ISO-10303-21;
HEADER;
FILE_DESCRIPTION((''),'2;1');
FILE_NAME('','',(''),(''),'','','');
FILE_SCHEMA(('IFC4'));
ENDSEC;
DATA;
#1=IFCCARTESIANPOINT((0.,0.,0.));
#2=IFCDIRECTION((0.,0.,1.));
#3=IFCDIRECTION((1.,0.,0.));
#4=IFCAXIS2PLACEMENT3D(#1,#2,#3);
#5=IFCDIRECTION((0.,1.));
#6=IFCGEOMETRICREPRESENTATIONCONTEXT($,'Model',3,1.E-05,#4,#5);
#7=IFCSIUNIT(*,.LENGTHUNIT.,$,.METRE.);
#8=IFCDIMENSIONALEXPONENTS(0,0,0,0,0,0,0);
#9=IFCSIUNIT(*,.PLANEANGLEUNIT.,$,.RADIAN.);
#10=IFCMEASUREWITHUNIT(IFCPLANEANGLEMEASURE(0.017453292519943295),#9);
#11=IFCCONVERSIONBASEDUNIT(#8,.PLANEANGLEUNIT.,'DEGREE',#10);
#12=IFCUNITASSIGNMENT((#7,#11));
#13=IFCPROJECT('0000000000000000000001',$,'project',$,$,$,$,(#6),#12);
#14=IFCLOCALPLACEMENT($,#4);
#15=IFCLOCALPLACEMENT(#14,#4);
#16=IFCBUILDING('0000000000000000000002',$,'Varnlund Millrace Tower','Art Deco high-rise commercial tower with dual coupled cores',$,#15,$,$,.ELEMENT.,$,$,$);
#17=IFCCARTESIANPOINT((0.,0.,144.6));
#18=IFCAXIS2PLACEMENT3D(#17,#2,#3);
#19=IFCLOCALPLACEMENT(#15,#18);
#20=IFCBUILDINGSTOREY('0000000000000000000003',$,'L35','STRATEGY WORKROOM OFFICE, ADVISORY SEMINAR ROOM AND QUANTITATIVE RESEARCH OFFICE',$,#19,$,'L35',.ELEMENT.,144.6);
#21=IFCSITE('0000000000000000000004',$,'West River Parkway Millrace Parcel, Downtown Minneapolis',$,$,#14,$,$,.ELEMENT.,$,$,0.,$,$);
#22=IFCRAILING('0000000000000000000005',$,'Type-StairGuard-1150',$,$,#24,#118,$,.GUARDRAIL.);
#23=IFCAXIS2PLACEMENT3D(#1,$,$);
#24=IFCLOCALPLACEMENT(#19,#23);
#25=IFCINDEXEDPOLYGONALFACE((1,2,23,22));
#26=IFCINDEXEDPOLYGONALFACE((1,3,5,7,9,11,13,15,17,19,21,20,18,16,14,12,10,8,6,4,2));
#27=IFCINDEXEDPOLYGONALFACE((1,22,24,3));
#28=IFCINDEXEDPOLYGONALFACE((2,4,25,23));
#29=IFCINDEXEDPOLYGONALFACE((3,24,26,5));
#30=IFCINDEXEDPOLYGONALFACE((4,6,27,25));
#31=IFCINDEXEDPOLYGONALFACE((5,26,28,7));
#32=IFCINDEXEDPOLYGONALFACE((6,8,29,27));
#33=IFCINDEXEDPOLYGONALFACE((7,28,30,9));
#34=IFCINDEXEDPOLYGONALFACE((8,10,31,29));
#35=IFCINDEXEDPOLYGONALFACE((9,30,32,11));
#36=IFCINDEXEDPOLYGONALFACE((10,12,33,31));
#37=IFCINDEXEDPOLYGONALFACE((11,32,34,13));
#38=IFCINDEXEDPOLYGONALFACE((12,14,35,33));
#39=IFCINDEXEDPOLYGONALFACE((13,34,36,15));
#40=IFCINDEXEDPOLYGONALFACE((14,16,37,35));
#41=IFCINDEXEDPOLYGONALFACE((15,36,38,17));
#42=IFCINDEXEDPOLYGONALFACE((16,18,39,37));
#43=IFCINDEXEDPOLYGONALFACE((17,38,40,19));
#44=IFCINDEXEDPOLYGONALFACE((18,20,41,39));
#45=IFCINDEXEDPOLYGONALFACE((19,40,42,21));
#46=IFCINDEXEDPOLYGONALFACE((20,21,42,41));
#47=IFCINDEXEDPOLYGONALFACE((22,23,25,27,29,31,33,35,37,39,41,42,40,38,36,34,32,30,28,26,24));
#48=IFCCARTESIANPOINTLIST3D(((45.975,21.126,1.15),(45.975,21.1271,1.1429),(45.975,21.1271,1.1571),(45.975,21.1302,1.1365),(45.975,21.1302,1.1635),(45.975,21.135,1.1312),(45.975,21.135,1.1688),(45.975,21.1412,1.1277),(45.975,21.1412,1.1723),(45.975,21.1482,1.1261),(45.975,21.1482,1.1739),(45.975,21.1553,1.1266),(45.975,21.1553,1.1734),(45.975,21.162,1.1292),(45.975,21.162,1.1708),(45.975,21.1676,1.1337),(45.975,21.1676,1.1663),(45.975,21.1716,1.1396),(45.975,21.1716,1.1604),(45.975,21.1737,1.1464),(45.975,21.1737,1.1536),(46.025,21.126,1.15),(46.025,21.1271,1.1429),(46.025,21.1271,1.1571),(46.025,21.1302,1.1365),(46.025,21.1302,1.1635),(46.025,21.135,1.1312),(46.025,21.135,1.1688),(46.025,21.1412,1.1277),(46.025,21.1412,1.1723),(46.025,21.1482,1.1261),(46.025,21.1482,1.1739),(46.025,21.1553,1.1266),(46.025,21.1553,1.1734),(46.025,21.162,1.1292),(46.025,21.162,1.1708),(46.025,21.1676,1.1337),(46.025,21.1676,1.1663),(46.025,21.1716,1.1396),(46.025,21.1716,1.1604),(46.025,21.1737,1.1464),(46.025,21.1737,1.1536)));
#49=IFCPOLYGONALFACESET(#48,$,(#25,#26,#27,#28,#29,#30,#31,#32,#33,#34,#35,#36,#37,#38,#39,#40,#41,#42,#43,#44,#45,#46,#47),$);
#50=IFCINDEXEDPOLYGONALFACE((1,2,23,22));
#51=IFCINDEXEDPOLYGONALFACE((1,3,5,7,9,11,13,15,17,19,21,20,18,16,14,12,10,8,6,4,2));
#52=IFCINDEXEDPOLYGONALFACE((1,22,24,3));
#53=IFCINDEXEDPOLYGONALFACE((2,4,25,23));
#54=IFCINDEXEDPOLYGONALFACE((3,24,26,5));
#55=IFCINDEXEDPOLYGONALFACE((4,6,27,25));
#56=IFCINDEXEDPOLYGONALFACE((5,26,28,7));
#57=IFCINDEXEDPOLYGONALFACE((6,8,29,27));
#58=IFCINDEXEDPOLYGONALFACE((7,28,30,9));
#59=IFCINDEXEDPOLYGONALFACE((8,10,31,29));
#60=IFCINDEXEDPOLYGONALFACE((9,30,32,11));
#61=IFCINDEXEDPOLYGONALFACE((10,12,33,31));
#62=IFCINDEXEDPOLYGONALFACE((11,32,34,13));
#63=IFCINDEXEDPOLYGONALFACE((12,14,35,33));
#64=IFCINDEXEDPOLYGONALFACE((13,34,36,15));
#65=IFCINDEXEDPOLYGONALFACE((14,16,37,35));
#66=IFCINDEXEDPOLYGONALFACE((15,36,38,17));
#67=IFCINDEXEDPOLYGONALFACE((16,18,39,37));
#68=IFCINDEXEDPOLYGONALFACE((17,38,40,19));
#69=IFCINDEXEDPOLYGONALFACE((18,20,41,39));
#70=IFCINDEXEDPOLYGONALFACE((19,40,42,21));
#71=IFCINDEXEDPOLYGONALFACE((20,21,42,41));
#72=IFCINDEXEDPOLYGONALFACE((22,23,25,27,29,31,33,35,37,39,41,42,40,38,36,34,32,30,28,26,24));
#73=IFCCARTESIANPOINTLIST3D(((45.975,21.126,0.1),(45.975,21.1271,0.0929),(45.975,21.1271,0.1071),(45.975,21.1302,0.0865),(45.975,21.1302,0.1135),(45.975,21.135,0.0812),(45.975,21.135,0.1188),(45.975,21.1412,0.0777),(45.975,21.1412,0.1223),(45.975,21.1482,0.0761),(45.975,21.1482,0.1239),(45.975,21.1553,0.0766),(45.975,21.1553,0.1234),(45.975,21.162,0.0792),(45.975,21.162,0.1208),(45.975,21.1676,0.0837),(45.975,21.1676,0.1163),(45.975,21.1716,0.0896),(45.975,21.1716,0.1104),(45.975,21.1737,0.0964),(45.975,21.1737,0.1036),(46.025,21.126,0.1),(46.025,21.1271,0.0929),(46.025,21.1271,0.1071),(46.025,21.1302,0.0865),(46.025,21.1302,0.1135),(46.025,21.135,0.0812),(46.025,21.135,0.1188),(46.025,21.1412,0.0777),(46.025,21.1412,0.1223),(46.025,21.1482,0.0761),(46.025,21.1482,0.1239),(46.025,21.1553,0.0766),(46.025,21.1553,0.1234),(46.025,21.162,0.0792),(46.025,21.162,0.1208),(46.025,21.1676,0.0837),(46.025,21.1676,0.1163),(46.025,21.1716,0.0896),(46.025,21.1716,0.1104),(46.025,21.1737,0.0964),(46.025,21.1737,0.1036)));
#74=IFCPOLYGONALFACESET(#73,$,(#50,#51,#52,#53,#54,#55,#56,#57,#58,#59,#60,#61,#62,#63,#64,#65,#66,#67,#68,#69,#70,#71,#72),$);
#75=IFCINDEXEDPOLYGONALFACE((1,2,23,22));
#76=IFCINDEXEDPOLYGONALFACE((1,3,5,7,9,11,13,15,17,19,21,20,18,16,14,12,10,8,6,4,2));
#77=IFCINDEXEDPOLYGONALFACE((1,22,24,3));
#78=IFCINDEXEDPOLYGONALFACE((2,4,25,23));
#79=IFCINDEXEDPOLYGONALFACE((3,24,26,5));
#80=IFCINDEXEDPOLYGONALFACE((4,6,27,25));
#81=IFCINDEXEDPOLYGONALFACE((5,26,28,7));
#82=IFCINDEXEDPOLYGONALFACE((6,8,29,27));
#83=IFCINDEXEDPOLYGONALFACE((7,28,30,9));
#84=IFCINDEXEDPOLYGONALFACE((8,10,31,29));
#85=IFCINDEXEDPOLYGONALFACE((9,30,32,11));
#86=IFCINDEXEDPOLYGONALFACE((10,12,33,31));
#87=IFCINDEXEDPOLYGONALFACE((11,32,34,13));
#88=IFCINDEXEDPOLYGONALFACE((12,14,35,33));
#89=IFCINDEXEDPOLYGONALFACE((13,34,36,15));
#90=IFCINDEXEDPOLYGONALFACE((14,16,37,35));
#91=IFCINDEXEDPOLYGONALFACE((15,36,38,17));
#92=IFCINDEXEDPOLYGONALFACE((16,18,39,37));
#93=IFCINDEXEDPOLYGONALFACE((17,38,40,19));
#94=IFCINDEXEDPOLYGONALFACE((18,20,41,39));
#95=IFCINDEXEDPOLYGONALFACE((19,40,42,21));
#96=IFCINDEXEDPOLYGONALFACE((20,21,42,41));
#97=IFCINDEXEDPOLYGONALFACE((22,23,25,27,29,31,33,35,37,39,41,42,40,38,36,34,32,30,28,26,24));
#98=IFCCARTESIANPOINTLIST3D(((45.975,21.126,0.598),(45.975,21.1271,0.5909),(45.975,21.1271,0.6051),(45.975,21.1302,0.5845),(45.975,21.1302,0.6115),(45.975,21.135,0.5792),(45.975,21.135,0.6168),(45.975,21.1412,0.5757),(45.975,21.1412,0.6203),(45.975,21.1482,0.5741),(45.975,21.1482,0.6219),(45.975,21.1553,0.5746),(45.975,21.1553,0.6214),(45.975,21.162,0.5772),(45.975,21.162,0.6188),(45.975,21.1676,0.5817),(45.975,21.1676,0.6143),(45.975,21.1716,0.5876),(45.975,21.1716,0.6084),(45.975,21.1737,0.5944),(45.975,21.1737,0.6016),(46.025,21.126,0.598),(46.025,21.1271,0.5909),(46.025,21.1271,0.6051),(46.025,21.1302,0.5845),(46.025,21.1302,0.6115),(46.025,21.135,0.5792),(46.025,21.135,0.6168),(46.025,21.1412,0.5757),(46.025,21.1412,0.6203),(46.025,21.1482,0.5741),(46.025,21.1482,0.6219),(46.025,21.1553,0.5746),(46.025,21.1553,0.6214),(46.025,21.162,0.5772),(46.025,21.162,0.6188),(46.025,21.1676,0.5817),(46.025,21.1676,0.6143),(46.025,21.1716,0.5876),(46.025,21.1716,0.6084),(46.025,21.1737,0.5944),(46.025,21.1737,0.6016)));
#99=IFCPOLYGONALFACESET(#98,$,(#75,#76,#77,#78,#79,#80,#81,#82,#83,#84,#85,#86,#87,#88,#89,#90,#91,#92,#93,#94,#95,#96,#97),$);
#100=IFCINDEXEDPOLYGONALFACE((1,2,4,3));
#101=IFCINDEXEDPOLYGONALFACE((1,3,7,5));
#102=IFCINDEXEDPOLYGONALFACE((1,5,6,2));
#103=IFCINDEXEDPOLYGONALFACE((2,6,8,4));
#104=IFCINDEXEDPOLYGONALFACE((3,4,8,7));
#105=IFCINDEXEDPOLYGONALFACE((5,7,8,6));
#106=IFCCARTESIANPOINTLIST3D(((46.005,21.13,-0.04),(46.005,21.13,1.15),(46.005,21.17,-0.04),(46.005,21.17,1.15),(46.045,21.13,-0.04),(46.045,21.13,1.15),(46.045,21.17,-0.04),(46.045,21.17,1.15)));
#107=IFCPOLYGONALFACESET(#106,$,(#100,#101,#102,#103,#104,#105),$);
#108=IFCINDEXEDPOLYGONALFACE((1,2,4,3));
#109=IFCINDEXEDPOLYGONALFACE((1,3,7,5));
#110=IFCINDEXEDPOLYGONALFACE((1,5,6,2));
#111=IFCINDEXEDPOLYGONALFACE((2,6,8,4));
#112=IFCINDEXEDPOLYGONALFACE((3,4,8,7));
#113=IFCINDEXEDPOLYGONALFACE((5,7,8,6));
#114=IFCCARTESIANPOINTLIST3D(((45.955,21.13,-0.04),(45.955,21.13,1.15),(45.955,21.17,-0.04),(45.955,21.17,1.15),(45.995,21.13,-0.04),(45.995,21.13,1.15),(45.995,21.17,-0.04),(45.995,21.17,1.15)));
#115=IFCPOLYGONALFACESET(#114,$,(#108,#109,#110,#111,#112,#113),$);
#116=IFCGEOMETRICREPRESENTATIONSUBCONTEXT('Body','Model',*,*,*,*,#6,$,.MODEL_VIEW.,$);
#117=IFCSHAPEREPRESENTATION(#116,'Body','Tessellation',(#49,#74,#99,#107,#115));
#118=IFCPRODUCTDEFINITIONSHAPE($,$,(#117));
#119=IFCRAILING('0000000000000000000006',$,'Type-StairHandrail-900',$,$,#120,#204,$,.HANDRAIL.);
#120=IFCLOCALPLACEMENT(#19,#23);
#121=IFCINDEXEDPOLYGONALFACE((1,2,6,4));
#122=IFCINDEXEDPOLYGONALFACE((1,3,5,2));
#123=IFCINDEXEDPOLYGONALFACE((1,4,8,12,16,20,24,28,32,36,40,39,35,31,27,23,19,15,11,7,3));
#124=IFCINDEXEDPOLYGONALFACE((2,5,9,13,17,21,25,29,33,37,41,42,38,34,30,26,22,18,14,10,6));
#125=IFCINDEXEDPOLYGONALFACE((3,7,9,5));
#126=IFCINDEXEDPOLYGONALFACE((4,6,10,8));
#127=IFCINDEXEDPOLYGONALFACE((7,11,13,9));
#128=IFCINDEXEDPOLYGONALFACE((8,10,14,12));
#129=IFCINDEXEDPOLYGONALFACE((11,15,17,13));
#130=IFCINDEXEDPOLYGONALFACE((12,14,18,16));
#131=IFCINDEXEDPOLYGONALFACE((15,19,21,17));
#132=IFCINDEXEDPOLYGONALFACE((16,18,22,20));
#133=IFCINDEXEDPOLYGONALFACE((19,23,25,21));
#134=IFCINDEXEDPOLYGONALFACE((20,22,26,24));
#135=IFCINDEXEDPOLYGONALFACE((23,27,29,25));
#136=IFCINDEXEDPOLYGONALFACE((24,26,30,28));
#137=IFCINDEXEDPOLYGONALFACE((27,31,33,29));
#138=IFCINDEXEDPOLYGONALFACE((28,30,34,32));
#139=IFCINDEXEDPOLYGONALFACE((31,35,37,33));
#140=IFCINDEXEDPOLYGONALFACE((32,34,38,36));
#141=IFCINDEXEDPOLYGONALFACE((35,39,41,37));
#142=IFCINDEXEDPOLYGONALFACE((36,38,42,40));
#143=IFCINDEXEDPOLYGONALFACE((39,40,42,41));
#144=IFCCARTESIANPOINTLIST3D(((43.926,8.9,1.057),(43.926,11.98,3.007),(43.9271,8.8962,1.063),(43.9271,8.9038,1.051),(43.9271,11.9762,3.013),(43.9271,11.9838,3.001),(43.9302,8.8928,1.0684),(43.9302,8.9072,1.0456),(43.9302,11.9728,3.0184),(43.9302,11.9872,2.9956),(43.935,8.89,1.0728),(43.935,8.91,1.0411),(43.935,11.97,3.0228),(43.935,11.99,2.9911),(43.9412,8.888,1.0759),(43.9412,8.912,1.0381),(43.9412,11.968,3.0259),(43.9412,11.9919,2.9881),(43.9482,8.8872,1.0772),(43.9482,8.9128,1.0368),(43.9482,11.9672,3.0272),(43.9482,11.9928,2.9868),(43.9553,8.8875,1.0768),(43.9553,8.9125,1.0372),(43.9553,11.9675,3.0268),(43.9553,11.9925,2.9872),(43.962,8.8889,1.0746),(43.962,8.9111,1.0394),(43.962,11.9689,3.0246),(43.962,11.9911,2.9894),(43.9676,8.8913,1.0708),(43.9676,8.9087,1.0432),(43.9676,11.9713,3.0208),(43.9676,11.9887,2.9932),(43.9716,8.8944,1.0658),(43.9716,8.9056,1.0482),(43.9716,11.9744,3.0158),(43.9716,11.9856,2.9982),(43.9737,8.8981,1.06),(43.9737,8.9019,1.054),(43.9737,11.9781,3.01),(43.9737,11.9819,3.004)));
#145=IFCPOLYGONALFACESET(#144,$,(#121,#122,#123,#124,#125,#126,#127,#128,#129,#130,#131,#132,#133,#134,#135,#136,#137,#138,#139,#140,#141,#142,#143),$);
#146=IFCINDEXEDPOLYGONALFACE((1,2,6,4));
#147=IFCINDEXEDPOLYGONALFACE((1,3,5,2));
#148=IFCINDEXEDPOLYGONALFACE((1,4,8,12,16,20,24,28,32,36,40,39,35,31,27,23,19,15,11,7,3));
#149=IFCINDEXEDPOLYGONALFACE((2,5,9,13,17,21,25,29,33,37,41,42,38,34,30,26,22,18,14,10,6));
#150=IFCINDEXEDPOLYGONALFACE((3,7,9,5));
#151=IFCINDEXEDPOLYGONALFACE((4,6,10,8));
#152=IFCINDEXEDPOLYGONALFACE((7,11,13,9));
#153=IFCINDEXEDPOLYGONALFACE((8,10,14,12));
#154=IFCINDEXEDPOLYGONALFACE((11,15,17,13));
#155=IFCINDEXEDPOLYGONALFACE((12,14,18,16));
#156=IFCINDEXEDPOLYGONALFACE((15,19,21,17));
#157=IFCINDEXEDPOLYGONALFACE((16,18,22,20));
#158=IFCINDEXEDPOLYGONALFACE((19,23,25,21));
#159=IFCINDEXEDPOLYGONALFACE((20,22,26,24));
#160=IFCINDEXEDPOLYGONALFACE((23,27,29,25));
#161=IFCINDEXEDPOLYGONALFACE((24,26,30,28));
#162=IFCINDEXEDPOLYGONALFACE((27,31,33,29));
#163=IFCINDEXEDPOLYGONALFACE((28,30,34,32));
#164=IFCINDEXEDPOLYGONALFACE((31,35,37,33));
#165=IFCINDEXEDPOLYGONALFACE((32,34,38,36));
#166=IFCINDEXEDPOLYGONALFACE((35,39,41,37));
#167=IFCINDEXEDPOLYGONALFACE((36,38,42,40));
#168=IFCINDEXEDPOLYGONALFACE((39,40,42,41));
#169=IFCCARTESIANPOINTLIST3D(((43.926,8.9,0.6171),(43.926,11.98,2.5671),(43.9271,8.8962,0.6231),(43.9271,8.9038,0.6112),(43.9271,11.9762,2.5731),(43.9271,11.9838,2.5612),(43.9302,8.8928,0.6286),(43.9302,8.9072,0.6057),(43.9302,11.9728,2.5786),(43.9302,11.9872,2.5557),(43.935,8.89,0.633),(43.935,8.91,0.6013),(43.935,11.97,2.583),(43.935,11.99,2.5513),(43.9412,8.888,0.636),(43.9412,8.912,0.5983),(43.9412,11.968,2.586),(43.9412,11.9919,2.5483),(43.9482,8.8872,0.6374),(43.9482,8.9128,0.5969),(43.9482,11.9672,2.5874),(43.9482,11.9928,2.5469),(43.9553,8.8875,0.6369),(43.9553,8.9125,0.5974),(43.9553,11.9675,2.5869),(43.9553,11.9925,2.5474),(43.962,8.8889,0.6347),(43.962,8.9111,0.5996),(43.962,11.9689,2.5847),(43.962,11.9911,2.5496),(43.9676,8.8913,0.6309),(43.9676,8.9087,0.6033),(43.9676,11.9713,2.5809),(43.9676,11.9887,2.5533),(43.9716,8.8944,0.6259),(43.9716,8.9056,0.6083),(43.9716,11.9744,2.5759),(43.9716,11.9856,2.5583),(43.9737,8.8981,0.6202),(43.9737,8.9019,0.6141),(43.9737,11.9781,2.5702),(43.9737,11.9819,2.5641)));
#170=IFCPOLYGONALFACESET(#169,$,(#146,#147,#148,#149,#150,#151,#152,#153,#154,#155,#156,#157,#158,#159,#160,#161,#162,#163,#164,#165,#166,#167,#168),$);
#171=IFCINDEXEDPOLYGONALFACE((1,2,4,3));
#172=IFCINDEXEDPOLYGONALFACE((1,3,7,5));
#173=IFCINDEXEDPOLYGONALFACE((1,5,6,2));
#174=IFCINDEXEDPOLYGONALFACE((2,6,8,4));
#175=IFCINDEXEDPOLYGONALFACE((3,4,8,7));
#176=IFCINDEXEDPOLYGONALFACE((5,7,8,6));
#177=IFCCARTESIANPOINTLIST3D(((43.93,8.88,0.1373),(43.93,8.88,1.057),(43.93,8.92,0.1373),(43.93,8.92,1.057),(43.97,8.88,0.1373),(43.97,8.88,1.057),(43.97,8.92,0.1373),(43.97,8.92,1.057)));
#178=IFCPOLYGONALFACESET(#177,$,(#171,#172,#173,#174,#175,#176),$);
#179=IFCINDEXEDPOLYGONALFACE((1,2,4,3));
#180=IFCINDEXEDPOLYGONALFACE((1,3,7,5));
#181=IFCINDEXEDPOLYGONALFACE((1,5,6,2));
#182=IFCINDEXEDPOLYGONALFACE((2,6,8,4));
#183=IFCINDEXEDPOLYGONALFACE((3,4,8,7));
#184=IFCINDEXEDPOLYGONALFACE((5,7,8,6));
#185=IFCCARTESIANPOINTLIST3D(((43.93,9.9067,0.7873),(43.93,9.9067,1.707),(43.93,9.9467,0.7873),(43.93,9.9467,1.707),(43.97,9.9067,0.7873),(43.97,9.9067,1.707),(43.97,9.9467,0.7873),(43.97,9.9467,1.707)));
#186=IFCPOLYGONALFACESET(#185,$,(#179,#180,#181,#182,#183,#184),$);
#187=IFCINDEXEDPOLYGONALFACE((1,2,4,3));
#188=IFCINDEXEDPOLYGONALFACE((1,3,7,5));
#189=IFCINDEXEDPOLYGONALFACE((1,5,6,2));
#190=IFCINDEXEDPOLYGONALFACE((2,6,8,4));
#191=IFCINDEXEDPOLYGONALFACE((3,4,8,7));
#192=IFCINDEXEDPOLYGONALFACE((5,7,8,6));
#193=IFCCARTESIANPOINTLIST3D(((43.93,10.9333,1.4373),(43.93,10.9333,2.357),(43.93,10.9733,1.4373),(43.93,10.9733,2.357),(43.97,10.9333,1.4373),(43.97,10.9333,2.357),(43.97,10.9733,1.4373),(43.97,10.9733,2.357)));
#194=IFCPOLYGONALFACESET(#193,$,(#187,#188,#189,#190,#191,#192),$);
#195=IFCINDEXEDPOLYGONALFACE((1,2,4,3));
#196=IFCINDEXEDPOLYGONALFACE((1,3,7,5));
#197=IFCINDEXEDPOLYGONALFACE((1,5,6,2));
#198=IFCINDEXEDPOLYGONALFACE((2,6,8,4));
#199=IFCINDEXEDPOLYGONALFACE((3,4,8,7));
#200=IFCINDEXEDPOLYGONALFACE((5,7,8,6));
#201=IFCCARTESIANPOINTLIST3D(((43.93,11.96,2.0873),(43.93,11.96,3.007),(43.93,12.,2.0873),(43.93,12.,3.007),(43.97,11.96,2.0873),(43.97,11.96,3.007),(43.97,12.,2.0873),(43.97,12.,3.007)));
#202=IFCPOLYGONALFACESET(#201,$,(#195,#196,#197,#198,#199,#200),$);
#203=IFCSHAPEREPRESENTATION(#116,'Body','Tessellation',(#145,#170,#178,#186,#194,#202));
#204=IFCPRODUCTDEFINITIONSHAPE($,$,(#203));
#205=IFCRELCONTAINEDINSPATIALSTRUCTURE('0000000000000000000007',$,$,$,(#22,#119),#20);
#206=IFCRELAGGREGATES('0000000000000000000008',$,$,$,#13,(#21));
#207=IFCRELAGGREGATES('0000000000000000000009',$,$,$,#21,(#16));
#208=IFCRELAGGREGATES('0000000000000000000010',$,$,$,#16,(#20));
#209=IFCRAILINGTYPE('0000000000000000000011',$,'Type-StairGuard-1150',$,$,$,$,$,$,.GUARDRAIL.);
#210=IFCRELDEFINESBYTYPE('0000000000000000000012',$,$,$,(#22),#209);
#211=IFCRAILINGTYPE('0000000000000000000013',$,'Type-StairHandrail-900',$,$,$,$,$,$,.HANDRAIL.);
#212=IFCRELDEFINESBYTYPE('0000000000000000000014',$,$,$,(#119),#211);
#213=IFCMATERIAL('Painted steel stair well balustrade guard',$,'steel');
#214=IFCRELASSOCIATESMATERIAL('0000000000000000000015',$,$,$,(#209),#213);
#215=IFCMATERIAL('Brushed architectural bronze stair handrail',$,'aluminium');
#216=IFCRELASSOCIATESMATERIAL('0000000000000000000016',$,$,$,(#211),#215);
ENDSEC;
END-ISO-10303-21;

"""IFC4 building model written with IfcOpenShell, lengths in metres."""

from ifc_helpers import new_model, entity, si_unit, converted_unit, direction, frame, origin_with_axes, origin_2d_with_axis, place, context, subcontext, project, spatial, rectangle, circle, extrude, material, type_object, element, save


model = new_model("IFC4")

# Units and contexts
model_context = context("Model", 3, precision=1e-05, world=origin_with_axes(), true_north=direction((0.0, 1.0)))
body_context = subcontext(model_context, "Body", "Model", "MODEL_VIEW")
ifc_project = project(units=[si_unit("LENGTHUNIT", "METRE"), converted_unit("PLANEANGLEUNIT", "DEGREE", entity("IfcPlaneAngleMeasure", 0.017453292519943295), si_unit("PLANEANGLEUNIT", "RADIAN"), dimensions=[0, 0, 0, 0, 0, 0, 0])], contexts=[model_context])

# Site, building, storey
site_placement = place(None, origin_with_axes())
site = spatial("IfcSite", under=ifc_project, at=site_placement, Name="West River Parkway Millrace Parcel, Downtown Minneapolis", CompositionType="ELEMENT", RefElevation=0.0)
building_placement = place(site_placement, origin_with_axes())
building = spatial("IfcBuilding", under=site, at=building_placement, Name="Varnlund Millrace Tower", Description="Art Deco high-rise commercial tower with dual coupled cores", CompositionType="ELEMENT")
storey_placement = place(building_placement, frame((0.0, 0.0, 144.6), z_axis=(0.0, 0.0, 1.0), x_axis=(1.0, 0.0, 0.0)))
storey = spatial("IfcBuildingStorey", under=building, at=storey_placement, Name="L35", Description="STRATEGY WORKROOM OFFICE, ADVISORY SEMINAR ROOM AND QUANTITATIVE RESEARCH OFFICE", LongName="L35", CompositionType="ELEMENT", Elevation=144.6)

# Railings
ifc_material_1 = material(Name="Painted steel stair well balustrade guard", Category="steel")
railing_type_1 = type_object("IfcRailingType", Name="Type-StairGuard-1150", PredefinedType="GUARDRAIL", material=ifc_material_1)
railing_1_placement = place(storey_placement, frame((0.0, 0.0, -144.6), z_axis=(0.0, 0.0, 1.0), x_axis=(1.0, 0.0, 0.0)))
element("IfcRailing", 1, at=railing_1_placement, inside=storey, type_object=railing_type_1, Name="Type-StairGuard-1150", PredefinedType="GUARDRAIL", context=body_context, shape_type="SweptSolid", body=[
    extrude(circle(Radius=0.024, at=origin_2d_with_axis()), frame((46.025, 21.15, 145.75), z_axis=(-1.0, 0.0, 0.0), x_axis=(0.0, -1.0, 0.0)), (0.0, 0.0, 1.0), 0.05),
    extrude(circle(Radius=0.024, at=origin_2d_with_axis()), frame((46.025, 21.15, 144.7), z_axis=(-1.0, 0.0, 0.0), x_axis=(0.0, -1.0, 0.0)), (0.0, 0.0, 1.0), 0.05),
    extrude(circle(Radius=0.024, at=origin_2d_with_axis()), frame((46.025, 21.15, 145.198), z_axis=(-1.0, 0.0, 0.0), x_axis=(0.0, -1.0, 0.0)), (0.0, 0.0, 1.0), 0.05),
    extrude(rectangle(XDim=0.04, YDim=0.04, at=origin_2d_with_axis()), frame((46.025, 21.15, 144.56), z_axis=(0.0, 0.0, 1.0), x_axis=(1.0, 0.0, 0.0)), (0.0, 0.0, 1.0), 1.19),
    extrude(rectangle(XDim=0.04, YDim=0.04, at=origin_2d_with_axis()), frame((45.975, 21.15, 144.56), z_axis=(0.0, 0.0, 1.0), x_axis=(1.0, 0.0, 0.0)), (0.0, 0.0, 1.0), 1.19),
])
ifc_material_2 = material(Name="Brushed architectural bronze stair handrail", Category="aluminium")
railing_type_2 = type_object("IfcRailingType", Name="Type-StairHandrail-900", PredefinedType="HANDRAIL", material=ifc_material_2)
railing_2_placement = place(storey_placement, frame((0.0, 0.0, -144.6), z_axis=(0.0, 0.0, 1.0), x_axis=(1.0, 0.0, 0.0)))
element("IfcRailing", 2, at=railing_2_placement, inside=storey, type_object=railing_type_2, Name="Type-StairHandrail-900", PredefinedType="HANDRAIL", context=body_context, shape_type="SweptSolid", body=[
    extrude(circle(Radius=0.024, at=origin_2d_with_axis()), frame((43.95, 8.9, 145.657), z_axis=(0.0, 0.844902, 0.534922), x_axis=(-1.0, 0.0, 0.0)), (0.0, 0.0, 1.0), 3.6454),
    extrude(circle(Radius=0.024, at=origin_2d_with_axis()), frame((43.95, 8.9, 145.2171), z_axis=(0.0, 0.844902, 0.534922), x_axis=(-1.0, 0.0, 0.0)), (0.0, 0.0, 1.0), 3.6454),
    extrude(rectangle(XDim=0.04, YDim=0.04, at=origin_2d_with_axis()), frame((43.95, 8.9, 144.7373), z_axis=(0.0, 0.0, 1.0), x_axis=(1.0, 0.0, 0.0)), (0.0, 0.0, 1.0), 0.9197),
    extrude(rectangle(XDim=0.04, YDim=0.04, at=origin_2d_with_axis()), frame((43.95, 9.9267, 145.3873), z_axis=(0.0, 0.0, 1.0), x_axis=(1.0, 0.0, 0.0)), (0.0, 0.0, 1.0), 0.9197),
    extrude(rectangle(XDim=0.04, YDim=0.04, at=origin_2d_with_axis()), frame((43.95, 10.9533, 146.0373), z_axis=(0.0, 0.0, 1.0), x_axis=(1.0, 0.0, 0.0)), (0.0, 0.0, 1.0), 0.9197),
    extrude(rectangle(XDim=0.04, YDim=0.04, at=origin_2d_with_axis()), frame((43.95, 11.98, 146.6873), z_axis=(0.0, 0.0, 1.0), x_axis=(1.0, 0.0, 0.0)), (0.0, 0.0, 1.0), 0.9197),
])

save(model, "model.ifc")
